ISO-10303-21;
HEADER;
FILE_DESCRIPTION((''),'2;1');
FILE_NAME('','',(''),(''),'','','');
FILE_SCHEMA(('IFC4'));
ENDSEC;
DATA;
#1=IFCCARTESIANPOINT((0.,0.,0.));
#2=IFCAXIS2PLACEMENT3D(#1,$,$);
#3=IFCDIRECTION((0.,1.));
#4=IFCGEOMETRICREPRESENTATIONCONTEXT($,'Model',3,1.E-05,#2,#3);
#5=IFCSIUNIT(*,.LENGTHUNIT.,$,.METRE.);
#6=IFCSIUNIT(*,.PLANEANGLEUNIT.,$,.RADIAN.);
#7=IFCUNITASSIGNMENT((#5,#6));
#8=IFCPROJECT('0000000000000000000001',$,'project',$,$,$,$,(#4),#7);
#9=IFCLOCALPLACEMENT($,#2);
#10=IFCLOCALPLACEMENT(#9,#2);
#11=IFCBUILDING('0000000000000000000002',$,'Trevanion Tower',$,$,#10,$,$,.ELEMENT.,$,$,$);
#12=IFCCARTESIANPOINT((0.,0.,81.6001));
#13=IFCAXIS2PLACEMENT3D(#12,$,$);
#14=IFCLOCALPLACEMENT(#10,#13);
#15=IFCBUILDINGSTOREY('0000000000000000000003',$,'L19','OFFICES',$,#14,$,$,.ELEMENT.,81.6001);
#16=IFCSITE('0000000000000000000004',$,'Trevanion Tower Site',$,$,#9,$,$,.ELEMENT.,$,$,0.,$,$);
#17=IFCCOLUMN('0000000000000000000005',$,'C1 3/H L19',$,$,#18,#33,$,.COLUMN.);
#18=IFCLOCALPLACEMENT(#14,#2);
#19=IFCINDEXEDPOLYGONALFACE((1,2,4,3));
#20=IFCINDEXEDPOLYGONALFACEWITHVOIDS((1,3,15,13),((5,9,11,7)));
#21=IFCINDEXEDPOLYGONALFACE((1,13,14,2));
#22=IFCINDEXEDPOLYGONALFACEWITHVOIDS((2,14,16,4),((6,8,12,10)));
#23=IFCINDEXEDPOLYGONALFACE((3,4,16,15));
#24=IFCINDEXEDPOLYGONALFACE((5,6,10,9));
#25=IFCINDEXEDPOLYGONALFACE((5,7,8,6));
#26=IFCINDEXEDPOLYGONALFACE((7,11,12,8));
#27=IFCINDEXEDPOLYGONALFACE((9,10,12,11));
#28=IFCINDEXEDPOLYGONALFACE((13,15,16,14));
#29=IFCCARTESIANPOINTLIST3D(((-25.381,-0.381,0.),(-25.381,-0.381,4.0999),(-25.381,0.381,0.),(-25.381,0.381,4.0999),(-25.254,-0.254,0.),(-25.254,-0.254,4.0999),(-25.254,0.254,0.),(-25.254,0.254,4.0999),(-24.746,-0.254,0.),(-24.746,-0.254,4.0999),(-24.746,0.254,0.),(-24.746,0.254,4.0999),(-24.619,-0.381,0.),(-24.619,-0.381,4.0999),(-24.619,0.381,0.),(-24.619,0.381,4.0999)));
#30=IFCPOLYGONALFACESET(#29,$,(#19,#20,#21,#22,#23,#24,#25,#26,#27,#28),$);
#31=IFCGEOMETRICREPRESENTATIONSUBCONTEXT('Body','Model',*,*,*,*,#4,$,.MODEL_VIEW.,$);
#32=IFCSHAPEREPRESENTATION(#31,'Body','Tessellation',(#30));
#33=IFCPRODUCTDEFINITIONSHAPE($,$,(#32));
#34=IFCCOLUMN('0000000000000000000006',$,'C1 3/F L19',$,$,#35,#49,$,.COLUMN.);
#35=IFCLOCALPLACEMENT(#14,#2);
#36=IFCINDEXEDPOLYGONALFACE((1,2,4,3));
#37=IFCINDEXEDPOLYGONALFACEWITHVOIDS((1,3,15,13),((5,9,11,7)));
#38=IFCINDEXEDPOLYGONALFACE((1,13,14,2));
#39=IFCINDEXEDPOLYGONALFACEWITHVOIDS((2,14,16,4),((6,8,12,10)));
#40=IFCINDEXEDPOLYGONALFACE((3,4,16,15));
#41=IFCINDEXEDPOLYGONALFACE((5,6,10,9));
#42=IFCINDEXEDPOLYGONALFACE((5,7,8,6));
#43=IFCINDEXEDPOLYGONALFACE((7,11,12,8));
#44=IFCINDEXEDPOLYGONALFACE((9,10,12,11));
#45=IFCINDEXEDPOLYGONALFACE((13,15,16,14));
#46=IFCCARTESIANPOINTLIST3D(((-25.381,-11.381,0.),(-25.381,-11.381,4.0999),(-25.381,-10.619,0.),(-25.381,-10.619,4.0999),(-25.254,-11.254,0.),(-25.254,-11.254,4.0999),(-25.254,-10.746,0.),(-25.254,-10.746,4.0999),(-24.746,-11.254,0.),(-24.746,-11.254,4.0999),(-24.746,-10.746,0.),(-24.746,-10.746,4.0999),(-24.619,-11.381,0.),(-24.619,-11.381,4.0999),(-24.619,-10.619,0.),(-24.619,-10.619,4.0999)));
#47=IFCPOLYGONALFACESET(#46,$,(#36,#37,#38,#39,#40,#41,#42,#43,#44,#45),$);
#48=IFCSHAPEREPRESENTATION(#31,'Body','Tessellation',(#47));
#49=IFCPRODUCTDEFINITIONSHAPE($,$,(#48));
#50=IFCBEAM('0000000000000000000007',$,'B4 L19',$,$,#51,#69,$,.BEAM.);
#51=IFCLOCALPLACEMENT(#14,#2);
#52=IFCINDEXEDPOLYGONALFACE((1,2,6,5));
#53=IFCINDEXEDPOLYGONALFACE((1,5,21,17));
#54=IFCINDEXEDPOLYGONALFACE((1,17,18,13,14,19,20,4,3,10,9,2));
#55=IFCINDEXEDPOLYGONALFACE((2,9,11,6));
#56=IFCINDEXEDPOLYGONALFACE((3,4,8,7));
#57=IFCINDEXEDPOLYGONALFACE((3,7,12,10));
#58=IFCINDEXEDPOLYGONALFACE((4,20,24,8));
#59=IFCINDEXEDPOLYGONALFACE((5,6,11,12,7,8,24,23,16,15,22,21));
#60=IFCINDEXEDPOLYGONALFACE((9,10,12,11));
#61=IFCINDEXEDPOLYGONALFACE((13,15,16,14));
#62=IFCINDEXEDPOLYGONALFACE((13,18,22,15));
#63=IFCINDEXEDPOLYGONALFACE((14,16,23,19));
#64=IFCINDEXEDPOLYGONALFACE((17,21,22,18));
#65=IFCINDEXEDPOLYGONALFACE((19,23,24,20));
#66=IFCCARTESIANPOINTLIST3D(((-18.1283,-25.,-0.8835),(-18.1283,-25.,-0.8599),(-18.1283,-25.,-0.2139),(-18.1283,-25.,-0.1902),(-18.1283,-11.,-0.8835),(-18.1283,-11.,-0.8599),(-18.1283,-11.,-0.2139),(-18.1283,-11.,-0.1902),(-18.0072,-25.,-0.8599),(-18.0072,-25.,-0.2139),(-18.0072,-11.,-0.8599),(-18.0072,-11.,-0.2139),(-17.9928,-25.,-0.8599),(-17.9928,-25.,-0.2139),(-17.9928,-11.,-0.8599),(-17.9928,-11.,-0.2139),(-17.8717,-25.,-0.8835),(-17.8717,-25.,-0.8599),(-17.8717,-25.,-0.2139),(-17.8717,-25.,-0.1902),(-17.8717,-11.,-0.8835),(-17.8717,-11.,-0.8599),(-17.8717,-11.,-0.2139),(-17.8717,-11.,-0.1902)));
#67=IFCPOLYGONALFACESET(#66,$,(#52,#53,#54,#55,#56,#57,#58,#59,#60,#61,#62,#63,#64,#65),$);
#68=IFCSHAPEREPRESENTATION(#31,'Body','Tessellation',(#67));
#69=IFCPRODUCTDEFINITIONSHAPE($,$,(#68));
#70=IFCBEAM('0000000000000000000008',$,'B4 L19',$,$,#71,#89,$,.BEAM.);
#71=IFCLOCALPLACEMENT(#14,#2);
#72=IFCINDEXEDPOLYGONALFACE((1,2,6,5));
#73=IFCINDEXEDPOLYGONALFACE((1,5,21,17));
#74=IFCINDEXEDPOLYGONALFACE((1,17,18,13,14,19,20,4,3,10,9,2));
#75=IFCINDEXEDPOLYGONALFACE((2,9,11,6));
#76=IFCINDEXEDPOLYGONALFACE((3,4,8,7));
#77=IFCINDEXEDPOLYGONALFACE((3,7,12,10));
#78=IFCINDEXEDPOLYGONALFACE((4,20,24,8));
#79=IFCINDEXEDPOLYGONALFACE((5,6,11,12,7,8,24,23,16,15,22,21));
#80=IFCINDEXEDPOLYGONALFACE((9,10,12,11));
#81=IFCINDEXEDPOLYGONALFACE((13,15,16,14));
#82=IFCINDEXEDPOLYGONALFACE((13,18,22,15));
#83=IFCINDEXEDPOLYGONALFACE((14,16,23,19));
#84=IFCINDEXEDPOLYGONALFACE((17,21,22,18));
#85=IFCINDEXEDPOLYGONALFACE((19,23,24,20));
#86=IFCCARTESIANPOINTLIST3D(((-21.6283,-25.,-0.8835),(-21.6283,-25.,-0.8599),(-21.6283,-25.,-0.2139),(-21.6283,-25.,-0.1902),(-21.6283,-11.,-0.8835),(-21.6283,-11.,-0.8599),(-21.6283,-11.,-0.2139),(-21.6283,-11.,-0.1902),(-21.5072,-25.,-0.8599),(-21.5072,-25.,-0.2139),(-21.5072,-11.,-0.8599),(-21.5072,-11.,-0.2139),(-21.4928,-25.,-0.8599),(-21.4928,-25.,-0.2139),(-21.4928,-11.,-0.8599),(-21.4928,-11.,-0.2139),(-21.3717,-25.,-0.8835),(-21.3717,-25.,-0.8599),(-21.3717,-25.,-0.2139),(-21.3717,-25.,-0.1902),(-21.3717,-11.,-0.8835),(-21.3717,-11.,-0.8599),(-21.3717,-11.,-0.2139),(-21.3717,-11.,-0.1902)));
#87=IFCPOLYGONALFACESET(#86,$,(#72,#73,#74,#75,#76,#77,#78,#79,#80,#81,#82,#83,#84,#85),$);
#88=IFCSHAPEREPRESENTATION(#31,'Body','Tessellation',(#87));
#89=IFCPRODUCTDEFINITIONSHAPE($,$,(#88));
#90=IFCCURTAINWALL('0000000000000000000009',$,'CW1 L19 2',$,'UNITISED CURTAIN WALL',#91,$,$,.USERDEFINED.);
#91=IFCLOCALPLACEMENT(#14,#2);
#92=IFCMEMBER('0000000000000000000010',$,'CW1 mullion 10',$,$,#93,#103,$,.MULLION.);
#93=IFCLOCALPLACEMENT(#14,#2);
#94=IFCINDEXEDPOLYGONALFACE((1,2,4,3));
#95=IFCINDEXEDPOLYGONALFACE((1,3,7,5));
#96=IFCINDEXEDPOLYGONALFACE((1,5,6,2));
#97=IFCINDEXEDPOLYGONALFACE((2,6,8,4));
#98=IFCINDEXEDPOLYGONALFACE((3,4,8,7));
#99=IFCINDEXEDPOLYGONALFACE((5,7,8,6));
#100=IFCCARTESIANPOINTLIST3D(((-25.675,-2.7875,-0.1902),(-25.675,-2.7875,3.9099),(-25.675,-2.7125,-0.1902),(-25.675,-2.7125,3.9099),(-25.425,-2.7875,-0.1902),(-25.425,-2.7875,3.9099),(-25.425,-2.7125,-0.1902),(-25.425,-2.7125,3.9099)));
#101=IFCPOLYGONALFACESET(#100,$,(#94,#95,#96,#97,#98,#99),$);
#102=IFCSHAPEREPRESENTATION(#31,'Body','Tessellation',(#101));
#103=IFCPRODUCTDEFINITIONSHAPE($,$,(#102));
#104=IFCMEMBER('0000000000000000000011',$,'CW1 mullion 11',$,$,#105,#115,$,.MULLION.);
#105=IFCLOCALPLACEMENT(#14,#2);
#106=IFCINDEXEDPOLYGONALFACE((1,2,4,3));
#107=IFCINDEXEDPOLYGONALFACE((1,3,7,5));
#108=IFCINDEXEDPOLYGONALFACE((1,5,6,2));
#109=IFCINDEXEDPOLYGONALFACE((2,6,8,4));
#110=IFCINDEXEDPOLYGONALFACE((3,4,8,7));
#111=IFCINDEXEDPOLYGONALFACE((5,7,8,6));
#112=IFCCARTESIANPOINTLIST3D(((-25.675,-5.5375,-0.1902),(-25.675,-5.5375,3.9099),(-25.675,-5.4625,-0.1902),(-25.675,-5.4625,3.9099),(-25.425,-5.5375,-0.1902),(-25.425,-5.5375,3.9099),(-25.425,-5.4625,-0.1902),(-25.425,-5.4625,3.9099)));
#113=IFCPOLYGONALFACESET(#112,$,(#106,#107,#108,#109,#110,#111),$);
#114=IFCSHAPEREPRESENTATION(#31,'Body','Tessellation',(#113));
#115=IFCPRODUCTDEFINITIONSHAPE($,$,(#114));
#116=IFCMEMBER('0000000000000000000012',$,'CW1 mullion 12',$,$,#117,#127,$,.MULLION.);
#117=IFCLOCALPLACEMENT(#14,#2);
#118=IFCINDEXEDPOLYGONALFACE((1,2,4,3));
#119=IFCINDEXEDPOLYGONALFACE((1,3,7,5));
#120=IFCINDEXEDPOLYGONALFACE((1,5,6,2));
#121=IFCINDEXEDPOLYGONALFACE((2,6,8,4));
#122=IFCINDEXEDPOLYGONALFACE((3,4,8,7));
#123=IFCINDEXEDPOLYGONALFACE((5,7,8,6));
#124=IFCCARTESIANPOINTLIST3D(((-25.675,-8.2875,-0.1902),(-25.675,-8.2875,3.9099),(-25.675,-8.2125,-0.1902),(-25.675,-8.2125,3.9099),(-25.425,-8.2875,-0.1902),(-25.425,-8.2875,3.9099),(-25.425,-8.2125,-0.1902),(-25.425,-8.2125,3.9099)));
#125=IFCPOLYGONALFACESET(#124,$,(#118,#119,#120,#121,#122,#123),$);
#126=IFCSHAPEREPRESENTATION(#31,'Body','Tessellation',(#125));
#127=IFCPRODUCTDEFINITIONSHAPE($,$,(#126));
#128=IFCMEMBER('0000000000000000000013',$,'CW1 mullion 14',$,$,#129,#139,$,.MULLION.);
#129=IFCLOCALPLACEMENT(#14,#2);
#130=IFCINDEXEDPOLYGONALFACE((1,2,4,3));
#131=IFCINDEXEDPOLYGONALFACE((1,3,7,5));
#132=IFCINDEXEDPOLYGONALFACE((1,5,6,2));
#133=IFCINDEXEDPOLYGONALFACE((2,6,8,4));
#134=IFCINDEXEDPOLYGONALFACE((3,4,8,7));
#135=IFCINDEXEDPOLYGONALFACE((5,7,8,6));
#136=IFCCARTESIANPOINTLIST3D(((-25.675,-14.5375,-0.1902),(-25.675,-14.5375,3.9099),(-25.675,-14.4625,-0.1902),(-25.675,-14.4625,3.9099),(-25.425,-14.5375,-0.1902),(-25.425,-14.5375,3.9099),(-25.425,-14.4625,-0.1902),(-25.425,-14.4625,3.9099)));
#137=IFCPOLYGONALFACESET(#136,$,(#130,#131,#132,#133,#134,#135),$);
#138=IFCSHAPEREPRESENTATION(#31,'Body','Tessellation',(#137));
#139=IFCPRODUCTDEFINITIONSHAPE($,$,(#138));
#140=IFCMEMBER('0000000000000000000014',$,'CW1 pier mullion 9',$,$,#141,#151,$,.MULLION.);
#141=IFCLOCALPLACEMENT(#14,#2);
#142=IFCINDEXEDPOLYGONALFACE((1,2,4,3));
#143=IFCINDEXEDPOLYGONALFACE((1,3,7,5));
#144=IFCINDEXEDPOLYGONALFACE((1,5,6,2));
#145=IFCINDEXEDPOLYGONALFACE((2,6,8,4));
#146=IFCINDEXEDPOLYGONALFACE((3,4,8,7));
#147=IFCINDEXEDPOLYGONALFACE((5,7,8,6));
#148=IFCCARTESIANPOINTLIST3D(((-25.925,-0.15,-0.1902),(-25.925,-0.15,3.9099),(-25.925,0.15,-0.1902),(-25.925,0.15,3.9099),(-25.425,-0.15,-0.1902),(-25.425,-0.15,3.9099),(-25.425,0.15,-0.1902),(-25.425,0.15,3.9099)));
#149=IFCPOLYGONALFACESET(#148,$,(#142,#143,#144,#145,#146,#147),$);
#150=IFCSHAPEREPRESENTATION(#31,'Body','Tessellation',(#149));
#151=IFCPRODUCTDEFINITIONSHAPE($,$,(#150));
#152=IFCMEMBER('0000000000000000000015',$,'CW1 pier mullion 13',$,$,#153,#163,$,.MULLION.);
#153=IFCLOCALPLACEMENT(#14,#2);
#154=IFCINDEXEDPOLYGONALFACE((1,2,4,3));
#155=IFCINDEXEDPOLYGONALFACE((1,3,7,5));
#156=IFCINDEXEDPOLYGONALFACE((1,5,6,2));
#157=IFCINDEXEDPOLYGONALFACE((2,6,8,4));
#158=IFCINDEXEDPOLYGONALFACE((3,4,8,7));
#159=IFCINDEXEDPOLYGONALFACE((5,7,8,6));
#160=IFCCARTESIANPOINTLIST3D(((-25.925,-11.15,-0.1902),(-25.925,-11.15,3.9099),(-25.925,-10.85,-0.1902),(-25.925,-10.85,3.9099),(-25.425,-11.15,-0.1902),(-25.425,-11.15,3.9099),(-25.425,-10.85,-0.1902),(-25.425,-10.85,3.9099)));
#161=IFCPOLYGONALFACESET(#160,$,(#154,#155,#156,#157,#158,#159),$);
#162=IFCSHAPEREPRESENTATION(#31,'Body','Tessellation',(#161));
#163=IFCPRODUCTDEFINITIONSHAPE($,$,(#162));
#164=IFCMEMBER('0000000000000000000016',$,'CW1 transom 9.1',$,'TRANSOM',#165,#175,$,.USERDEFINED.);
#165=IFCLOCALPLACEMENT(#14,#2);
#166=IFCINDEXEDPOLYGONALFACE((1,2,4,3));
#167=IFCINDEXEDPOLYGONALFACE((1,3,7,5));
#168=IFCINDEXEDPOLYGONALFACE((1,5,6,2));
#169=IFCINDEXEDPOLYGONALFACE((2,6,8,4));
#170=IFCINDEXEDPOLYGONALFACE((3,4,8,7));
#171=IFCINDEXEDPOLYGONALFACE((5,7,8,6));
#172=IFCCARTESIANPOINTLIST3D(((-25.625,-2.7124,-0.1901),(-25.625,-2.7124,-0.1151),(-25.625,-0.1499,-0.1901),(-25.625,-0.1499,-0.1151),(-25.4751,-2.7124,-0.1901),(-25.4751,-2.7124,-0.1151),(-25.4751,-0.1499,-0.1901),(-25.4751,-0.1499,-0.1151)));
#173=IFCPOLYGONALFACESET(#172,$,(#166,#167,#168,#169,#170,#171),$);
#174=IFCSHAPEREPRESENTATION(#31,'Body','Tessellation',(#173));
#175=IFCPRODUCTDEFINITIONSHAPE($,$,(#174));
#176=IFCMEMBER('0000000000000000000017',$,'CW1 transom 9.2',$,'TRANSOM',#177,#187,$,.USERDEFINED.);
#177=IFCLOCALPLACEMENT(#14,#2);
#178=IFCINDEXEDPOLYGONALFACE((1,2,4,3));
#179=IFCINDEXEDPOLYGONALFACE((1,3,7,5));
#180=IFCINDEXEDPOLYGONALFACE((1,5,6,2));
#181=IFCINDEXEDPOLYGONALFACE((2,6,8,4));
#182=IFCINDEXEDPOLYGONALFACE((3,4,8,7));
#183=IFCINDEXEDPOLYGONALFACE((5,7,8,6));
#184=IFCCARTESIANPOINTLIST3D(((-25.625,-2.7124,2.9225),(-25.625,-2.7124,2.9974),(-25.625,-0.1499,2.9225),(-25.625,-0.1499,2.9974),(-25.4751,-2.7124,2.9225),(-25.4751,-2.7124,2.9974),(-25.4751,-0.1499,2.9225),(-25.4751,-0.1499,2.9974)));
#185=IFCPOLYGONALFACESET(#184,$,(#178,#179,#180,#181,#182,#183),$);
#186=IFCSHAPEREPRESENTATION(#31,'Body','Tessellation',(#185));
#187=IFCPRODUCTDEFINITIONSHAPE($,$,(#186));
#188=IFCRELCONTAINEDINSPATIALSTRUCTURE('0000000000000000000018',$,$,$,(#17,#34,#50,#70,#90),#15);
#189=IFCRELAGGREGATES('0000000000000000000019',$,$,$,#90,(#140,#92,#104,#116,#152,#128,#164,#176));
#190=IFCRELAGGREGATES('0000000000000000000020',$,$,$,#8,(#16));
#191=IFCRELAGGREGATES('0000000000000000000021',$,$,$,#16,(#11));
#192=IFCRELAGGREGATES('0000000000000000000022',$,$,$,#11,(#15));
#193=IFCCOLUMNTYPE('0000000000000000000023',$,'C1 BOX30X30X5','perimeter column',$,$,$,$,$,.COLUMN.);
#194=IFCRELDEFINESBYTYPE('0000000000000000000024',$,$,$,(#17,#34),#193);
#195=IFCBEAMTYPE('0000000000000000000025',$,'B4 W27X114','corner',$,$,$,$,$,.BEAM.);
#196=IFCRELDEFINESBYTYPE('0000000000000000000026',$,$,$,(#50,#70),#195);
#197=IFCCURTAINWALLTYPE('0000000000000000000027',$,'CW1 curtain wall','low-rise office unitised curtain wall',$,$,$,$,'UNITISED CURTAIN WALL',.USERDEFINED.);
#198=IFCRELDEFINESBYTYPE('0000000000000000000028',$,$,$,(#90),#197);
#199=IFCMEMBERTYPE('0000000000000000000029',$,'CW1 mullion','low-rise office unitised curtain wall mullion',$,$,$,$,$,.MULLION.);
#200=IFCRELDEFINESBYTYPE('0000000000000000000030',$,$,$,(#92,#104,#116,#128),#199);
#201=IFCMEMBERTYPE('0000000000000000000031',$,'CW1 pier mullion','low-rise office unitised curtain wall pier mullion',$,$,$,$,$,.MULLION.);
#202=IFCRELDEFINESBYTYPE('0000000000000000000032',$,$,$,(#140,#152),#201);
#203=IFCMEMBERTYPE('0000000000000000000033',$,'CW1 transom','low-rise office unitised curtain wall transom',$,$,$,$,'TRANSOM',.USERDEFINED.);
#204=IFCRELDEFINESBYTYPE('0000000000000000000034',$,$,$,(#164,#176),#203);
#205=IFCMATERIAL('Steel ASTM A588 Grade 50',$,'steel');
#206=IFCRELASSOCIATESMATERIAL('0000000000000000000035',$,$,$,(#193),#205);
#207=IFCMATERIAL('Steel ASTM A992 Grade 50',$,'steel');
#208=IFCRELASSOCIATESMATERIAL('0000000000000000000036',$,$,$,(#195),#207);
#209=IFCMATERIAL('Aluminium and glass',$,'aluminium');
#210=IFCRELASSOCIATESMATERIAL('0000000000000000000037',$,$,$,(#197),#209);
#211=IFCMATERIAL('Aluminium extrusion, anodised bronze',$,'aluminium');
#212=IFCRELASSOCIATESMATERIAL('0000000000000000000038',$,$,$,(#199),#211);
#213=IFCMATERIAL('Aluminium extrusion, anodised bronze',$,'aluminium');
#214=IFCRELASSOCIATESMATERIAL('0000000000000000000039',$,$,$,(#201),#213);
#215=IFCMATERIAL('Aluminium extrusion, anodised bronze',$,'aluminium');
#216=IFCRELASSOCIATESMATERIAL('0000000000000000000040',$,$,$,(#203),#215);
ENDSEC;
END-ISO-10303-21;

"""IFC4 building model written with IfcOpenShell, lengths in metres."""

from ifc_helpers import new_model, si_unit, direction, frame, origin, origin_2d, place, context, subcontext, project, spatial, rectangle, hollow_rectangle, i_section, extrude, material, material_profile, profile_set, type_object, element, aggregate, save


model = new_model("IFC4")

# Units and contexts
model_context = context("Model", 3, precision=1e-05, world=origin(), true_north=direction((0.0, 1.0)))
body_context = subcontext(model_context, "Body", "Model", "MODEL_VIEW")
ifc_project = project(units=[si_unit("LENGTHUNIT", "METRE"), si_unit("PLANEANGLEUNIT", "RADIAN")], contexts=[model_context])

# Site, building, storey
site_placement = place(None, origin())
site = spatial("IfcSite", under=ifc_project, at=site_placement, Name="Trevanion Tower Site", CompositionType="ELEMENT", RefElevation=0.0)
building_placement = place(site_placement, origin())
building = spatial("IfcBuilding", under=site, at=building_placement, Name="Trevanion Tower", CompositionType="ELEMENT")
storey_placement = place(building_placement, frame((0.0, 0.0, 81.6001)))
storey = spatial("IfcBuildingStorey", under=building, at=storey_placement, Name="L19", Description="OFFICES", CompositionType="ELEMENT", Elevation=81.6001)

# Columns
ifc_material_1 = material(Name="Steel ASTM A588 Grade 50", Category="steel")
ifc_material_profile_1 = material_profile(ifc_material_1, hollow_rectangle(XDim=0.762, YDim=0.762, WallThickness=0.127, at=origin_2d()), Name="BOX30X30X5")
ifc_profile_set_1 = profile_set([ifc_material_profile_1], Name="Steel ASTM A588 Grade 50")
column_type = type_object("IfcColumnType", Name="C1 BOX30X30X5", Description="perimeter column", PredefinedType="COLUMN", material=ifc_profile_set_1)
for number, where, z_axis, x_axis, name in (
    (1, (-25.0, 0.0, 0.0), (0.0, 0.0, 1.0), (0.0, 1.0, 0.0), "C1 3/H L19"),
    (2, (-25.0, -11.0, 0.0), (0.0, 0.0, 1.0), (0.0, 1.0, 0.0), "C1 3/F L19"),
):
    element("IfcColumn", number, at=place(storey_placement, frame(where, z_axis=z_axis, x_axis=x_axis)), inside=storey, type_object=column_type, Name=name, PredefinedType="COLUMN", context=body_context, shape_type="SweptSolid", body=[
        extrude(hollow_rectangle(XDim=0.762, YDim=0.762, WallThickness=0.127, at=origin_2d()), origin(), (0.0, 0.0, 1.0), 4.0999),
    ])

# Beams
ifc_material_2 = material(Name="Steel ASTM A992 Grade 50", Category="steel")
ifc_material_profile_2 = material_profile(ifc_material_2, i_section(OverallWidth=0.2566, OverallDepth=0.6934, WebThickness=0.0144, FlangeThickness=0.0237, at=origin_2d()), Name="W27X114")
ifc_profile_set_2 = profile_set([ifc_material_profile_2], Name="Steel ASTM A992 Grade 50")
beam_type_1 = type_object("IfcBeamType", Name="B4 W27X114", Description="corner", PredefinedType="BEAM", material=ifc_profile_set_2)
for number, where, z_axis, x_axis, name in (
    (3, (-18.0, -11.0, -0.5369), (0.0, -1.0, 0.0), (1.0, 0.0, 0.0), "B4 L19"),
    (4, (-21.5, -11.0, -0.5369), (0.0, -1.0, 0.0), (1.0, 0.0, 0.0), "B4 L19"),
):
    element("IfcBeam", number, at=place(storey_placement, frame(where, z_axis=z_axis, x_axis=x_axis)), inside=storey, type_object=beam_type_1, Name=name, PredefinedType="BEAM", context=body_context, shape_type="SweptSolid", body=[
        extrude(i_section(OverallWidth=0.2566, OverallDepth=0.6934, WebThickness=0.0144, FlangeThickness=0.0237, at=origin_2d()), origin(), (0.0, 0.0, 1.0), 14.0),
    ])

# Curtain wall, members
ifc_material_3 = material(Name="Aluminium and glass", Category="aluminium")
curtain_wall_type = type_object("IfcCurtainWallType", Name="CW1 curtain wall", Description="low-rise office unitised curtain wall", ElementType="UNITISED CURTAIN WALL", PredefinedType="USERDEFINED", material=ifc_material_3)
curtain_wall_placement = place(storey_placement, origin())
curtain_wall = element("IfcCurtainWall", 5, at=curtain_wall_placement, inside=storey, type_object=curtain_wall_type, Name="CW1 L19 2", ObjectType="UNITISED CURTAIN WALL", PredefinedType="USERDEFINED")
ifc_material_4 = material(Name="Aluminium extrusion, anodised bronze", Category="aluminium")
ifc_material_profile_3 = material_profile(ifc_material_4, rectangle(XDim=0.075, YDim=0.25, at=origin_2d()), Name="CW1 mullion")
ifc_profile_set_3 = profile_set([ifc_material_profile_3], Name="Aluminium extrusion, anodised bronze")
member_type_1 = type_object("IfcMemberType", Name="CW1 mullion", Description="low-rise office unitised curtain wall mullion", PredefinedType="MULLION", material=ifc_profile_set_3)
member_1_placement = place(storey_placement, frame((-25.55, -2.75, -0.1902), z_axis=(0.0, 0.0, 1.0), x_axis=(0.0, -1.0, 0.0)))
member_1 = element("IfcMember", 6, at=member_1_placement, type_object=member_type_1, Name="CW1 mullion 10", PredefinedType="MULLION", context=body_context, shape_type="SweptSolid", body=[
    extrude(rectangle(XDim=0.075, YDim=0.25, at=origin_2d()), origin(), (0.0, 0.0, 1.0), 4.1001),
])
member_2_placement = place(storey_placement, frame((-25.55, -5.5, -0.1902), z_axis=(0.0, 0.0, 1.0), x_axis=(0.0, -1.0, 0.0)))
member_2 = element("IfcMember", 7, at=member_2_placement, type_object=member_type_1, Name="CW1 mullion 11", PredefinedType="MULLION", context=body_context, shape_type="SweptSolid", body=[
    extrude(rectangle(XDim=0.075, YDim=0.25, at=origin_2d()), origin(), (0.0, 0.0, 1.0), 4.1001),
])
member_3_placement = place(storey_placement, frame((-25.55, -8.25, -0.1902), z_axis=(0.0, 0.0, 1.0), x_axis=(0.0, -1.0, 0.0)))
member_3 = element("IfcMember", 8, at=member_3_placement, type_object=member_type_1, Name="CW1 mullion 12", PredefinedType="MULLION", context=body_context, shape_type="SweptSolid", body=[
    extrude(rectangle(XDim=0.075, YDim=0.25, at=origin_2d()), origin(), (0.0, 0.0, 1.0), 4.1001),
])
member_4_placement = place(storey_placement, frame((-25.55, -14.5, -0.1902), z_axis=(0.0, 0.0, 1.0), x_axis=(0.0, -1.0, 0.0)))
member_4 = element("IfcMember", 9, at=member_4_placement, type_object=member_type_1, Name="CW1 mullion 14", PredefinedType="MULLION", context=body_context, shape_type="SweptSolid", body=[
    extrude(rectangle(XDim=0.075, YDim=0.25, at=origin_2d()), origin(), (0.0, 0.0, 1.0), 4.1001),
])
ifc_material_5 = material(Name="Aluminium extrusion, anodised bronze", Category="aluminium")
ifc_material_profile_4 = material_profile(ifc_material_5, rectangle(XDim=0.3, YDim=0.5, at=origin_2d()), Name="CW1 pier mullion")
ifc_profile_set_4 = profile_set([ifc_material_profile_4], Name="Aluminium extrusion, anodised bronze")
member_type_2 = type_object("IfcMemberType", Name="CW1 pier mullion", Description="low-rise office unitised curtain wall pier mullion", PredefinedType="MULLION", material=ifc_profile_set_4)
member_5_placement = place(storey_placement, frame((-25.675, 0.0, -0.1902), z_axis=(0.0, 0.0, 1.0), x_axis=(0.0, -1.0, 0.0)))
member_5 = element("IfcMember", 10, at=member_5_placement, type_object=member_type_2, Name="CW1 pier mullion 9", PredefinedType="MULLION", context=body_context, shape_type="SweptSolid", body=[
    extrude(rectangle(XDim=0.3, YDim=0.5, at=origin_2d()), origin(), (0.0, 0.0, 1.0), 4.1001),
])
member_6_placement = place(storey_placement, frame((-25.675, -11.0, -0.1902), z_axis=(0.0, 0.0, 1.0), x_axis=(0.0, -1.0, 0.0)))
member_6 = element("IfcMember", 11, at=member_6_placement, type_object=member_type_2, Name="CW1 pier mullion 13", PredefinedType="MULLION", context=body_context, shape_type="SweptSolid", body=[
    extrude(rectangle(XDim=0.3, YDim=0.5, at=origin_2d()), origin(), (0.0, 0.0, 1.0), 4.1001),
])
ifc_material_6 = material(Name="Aluminium extrusion, anodised bronze", Category="aluminium")
ifc_material_profile_5 = material_profile(ifc_material_6, rectangle(XDim=0.1499, YDim=0.075, at=origin_2d()), Name="CW1 transom")
ifc_profile_set_5 = profile_set([ifc_material_profile_5], Name="Aluminium extrusion, anodised bronze")
member_type_3 = type_object("IfcMemberType", Name="CW1 transom", Description="low-rise office unitised curtain wall transom", ElementType="TRANSOM", PredefinedType="USERDEFINED", material=ifc_profile_set_5)
member_7_placement = place(storey_placement, frame((-25.55, -0.1499, -0.1526), z_axis=(0.0, -1.0, 0.0), x_axis=(1.0, 0.0, 0.0)))
member_7 = element("IfcMember", 12, at=member_7_placement, type_object=member_type_3, Name="CW1 transom 9.1", ObjectType="TRANSOM", PredefinedType="USERDEFINED", context=body_context, shape_type="SweptSolid", body=[
    extrude(rectangle(XDim=0.1499, YDim=0.075, at=origin_2d()), origin(), (0.0, 0.0, 1.0), 2.5625),
])
member_8_placement = place(storey_placement, frame((-25.55, -0.1499, 2.96), z_axis=(0.0, -1.0, 0.0), x_axis=(1.0, 0.0, 0.0)))
member_8 = element("IfcMember", 13, at=member_8_placement, type_object=member_type_3, Name="CW1 transom 9.2", ObjectType="TRANSOM", PredefinedType="USERDEFINED", context=body_context, shape_type="SweptSolid", body=[
    extrude(rectangle(XDim=0.1499, YDim=0.075, at=origin_2d()), origin(), (0.0, 0.0, 1.0), 2.5625),
])

aggregate(curtain_wall, [member_5, member_1, member_2, member_3, member_6, member_4, member_7, member_8])

save(model, "model.ifc")
